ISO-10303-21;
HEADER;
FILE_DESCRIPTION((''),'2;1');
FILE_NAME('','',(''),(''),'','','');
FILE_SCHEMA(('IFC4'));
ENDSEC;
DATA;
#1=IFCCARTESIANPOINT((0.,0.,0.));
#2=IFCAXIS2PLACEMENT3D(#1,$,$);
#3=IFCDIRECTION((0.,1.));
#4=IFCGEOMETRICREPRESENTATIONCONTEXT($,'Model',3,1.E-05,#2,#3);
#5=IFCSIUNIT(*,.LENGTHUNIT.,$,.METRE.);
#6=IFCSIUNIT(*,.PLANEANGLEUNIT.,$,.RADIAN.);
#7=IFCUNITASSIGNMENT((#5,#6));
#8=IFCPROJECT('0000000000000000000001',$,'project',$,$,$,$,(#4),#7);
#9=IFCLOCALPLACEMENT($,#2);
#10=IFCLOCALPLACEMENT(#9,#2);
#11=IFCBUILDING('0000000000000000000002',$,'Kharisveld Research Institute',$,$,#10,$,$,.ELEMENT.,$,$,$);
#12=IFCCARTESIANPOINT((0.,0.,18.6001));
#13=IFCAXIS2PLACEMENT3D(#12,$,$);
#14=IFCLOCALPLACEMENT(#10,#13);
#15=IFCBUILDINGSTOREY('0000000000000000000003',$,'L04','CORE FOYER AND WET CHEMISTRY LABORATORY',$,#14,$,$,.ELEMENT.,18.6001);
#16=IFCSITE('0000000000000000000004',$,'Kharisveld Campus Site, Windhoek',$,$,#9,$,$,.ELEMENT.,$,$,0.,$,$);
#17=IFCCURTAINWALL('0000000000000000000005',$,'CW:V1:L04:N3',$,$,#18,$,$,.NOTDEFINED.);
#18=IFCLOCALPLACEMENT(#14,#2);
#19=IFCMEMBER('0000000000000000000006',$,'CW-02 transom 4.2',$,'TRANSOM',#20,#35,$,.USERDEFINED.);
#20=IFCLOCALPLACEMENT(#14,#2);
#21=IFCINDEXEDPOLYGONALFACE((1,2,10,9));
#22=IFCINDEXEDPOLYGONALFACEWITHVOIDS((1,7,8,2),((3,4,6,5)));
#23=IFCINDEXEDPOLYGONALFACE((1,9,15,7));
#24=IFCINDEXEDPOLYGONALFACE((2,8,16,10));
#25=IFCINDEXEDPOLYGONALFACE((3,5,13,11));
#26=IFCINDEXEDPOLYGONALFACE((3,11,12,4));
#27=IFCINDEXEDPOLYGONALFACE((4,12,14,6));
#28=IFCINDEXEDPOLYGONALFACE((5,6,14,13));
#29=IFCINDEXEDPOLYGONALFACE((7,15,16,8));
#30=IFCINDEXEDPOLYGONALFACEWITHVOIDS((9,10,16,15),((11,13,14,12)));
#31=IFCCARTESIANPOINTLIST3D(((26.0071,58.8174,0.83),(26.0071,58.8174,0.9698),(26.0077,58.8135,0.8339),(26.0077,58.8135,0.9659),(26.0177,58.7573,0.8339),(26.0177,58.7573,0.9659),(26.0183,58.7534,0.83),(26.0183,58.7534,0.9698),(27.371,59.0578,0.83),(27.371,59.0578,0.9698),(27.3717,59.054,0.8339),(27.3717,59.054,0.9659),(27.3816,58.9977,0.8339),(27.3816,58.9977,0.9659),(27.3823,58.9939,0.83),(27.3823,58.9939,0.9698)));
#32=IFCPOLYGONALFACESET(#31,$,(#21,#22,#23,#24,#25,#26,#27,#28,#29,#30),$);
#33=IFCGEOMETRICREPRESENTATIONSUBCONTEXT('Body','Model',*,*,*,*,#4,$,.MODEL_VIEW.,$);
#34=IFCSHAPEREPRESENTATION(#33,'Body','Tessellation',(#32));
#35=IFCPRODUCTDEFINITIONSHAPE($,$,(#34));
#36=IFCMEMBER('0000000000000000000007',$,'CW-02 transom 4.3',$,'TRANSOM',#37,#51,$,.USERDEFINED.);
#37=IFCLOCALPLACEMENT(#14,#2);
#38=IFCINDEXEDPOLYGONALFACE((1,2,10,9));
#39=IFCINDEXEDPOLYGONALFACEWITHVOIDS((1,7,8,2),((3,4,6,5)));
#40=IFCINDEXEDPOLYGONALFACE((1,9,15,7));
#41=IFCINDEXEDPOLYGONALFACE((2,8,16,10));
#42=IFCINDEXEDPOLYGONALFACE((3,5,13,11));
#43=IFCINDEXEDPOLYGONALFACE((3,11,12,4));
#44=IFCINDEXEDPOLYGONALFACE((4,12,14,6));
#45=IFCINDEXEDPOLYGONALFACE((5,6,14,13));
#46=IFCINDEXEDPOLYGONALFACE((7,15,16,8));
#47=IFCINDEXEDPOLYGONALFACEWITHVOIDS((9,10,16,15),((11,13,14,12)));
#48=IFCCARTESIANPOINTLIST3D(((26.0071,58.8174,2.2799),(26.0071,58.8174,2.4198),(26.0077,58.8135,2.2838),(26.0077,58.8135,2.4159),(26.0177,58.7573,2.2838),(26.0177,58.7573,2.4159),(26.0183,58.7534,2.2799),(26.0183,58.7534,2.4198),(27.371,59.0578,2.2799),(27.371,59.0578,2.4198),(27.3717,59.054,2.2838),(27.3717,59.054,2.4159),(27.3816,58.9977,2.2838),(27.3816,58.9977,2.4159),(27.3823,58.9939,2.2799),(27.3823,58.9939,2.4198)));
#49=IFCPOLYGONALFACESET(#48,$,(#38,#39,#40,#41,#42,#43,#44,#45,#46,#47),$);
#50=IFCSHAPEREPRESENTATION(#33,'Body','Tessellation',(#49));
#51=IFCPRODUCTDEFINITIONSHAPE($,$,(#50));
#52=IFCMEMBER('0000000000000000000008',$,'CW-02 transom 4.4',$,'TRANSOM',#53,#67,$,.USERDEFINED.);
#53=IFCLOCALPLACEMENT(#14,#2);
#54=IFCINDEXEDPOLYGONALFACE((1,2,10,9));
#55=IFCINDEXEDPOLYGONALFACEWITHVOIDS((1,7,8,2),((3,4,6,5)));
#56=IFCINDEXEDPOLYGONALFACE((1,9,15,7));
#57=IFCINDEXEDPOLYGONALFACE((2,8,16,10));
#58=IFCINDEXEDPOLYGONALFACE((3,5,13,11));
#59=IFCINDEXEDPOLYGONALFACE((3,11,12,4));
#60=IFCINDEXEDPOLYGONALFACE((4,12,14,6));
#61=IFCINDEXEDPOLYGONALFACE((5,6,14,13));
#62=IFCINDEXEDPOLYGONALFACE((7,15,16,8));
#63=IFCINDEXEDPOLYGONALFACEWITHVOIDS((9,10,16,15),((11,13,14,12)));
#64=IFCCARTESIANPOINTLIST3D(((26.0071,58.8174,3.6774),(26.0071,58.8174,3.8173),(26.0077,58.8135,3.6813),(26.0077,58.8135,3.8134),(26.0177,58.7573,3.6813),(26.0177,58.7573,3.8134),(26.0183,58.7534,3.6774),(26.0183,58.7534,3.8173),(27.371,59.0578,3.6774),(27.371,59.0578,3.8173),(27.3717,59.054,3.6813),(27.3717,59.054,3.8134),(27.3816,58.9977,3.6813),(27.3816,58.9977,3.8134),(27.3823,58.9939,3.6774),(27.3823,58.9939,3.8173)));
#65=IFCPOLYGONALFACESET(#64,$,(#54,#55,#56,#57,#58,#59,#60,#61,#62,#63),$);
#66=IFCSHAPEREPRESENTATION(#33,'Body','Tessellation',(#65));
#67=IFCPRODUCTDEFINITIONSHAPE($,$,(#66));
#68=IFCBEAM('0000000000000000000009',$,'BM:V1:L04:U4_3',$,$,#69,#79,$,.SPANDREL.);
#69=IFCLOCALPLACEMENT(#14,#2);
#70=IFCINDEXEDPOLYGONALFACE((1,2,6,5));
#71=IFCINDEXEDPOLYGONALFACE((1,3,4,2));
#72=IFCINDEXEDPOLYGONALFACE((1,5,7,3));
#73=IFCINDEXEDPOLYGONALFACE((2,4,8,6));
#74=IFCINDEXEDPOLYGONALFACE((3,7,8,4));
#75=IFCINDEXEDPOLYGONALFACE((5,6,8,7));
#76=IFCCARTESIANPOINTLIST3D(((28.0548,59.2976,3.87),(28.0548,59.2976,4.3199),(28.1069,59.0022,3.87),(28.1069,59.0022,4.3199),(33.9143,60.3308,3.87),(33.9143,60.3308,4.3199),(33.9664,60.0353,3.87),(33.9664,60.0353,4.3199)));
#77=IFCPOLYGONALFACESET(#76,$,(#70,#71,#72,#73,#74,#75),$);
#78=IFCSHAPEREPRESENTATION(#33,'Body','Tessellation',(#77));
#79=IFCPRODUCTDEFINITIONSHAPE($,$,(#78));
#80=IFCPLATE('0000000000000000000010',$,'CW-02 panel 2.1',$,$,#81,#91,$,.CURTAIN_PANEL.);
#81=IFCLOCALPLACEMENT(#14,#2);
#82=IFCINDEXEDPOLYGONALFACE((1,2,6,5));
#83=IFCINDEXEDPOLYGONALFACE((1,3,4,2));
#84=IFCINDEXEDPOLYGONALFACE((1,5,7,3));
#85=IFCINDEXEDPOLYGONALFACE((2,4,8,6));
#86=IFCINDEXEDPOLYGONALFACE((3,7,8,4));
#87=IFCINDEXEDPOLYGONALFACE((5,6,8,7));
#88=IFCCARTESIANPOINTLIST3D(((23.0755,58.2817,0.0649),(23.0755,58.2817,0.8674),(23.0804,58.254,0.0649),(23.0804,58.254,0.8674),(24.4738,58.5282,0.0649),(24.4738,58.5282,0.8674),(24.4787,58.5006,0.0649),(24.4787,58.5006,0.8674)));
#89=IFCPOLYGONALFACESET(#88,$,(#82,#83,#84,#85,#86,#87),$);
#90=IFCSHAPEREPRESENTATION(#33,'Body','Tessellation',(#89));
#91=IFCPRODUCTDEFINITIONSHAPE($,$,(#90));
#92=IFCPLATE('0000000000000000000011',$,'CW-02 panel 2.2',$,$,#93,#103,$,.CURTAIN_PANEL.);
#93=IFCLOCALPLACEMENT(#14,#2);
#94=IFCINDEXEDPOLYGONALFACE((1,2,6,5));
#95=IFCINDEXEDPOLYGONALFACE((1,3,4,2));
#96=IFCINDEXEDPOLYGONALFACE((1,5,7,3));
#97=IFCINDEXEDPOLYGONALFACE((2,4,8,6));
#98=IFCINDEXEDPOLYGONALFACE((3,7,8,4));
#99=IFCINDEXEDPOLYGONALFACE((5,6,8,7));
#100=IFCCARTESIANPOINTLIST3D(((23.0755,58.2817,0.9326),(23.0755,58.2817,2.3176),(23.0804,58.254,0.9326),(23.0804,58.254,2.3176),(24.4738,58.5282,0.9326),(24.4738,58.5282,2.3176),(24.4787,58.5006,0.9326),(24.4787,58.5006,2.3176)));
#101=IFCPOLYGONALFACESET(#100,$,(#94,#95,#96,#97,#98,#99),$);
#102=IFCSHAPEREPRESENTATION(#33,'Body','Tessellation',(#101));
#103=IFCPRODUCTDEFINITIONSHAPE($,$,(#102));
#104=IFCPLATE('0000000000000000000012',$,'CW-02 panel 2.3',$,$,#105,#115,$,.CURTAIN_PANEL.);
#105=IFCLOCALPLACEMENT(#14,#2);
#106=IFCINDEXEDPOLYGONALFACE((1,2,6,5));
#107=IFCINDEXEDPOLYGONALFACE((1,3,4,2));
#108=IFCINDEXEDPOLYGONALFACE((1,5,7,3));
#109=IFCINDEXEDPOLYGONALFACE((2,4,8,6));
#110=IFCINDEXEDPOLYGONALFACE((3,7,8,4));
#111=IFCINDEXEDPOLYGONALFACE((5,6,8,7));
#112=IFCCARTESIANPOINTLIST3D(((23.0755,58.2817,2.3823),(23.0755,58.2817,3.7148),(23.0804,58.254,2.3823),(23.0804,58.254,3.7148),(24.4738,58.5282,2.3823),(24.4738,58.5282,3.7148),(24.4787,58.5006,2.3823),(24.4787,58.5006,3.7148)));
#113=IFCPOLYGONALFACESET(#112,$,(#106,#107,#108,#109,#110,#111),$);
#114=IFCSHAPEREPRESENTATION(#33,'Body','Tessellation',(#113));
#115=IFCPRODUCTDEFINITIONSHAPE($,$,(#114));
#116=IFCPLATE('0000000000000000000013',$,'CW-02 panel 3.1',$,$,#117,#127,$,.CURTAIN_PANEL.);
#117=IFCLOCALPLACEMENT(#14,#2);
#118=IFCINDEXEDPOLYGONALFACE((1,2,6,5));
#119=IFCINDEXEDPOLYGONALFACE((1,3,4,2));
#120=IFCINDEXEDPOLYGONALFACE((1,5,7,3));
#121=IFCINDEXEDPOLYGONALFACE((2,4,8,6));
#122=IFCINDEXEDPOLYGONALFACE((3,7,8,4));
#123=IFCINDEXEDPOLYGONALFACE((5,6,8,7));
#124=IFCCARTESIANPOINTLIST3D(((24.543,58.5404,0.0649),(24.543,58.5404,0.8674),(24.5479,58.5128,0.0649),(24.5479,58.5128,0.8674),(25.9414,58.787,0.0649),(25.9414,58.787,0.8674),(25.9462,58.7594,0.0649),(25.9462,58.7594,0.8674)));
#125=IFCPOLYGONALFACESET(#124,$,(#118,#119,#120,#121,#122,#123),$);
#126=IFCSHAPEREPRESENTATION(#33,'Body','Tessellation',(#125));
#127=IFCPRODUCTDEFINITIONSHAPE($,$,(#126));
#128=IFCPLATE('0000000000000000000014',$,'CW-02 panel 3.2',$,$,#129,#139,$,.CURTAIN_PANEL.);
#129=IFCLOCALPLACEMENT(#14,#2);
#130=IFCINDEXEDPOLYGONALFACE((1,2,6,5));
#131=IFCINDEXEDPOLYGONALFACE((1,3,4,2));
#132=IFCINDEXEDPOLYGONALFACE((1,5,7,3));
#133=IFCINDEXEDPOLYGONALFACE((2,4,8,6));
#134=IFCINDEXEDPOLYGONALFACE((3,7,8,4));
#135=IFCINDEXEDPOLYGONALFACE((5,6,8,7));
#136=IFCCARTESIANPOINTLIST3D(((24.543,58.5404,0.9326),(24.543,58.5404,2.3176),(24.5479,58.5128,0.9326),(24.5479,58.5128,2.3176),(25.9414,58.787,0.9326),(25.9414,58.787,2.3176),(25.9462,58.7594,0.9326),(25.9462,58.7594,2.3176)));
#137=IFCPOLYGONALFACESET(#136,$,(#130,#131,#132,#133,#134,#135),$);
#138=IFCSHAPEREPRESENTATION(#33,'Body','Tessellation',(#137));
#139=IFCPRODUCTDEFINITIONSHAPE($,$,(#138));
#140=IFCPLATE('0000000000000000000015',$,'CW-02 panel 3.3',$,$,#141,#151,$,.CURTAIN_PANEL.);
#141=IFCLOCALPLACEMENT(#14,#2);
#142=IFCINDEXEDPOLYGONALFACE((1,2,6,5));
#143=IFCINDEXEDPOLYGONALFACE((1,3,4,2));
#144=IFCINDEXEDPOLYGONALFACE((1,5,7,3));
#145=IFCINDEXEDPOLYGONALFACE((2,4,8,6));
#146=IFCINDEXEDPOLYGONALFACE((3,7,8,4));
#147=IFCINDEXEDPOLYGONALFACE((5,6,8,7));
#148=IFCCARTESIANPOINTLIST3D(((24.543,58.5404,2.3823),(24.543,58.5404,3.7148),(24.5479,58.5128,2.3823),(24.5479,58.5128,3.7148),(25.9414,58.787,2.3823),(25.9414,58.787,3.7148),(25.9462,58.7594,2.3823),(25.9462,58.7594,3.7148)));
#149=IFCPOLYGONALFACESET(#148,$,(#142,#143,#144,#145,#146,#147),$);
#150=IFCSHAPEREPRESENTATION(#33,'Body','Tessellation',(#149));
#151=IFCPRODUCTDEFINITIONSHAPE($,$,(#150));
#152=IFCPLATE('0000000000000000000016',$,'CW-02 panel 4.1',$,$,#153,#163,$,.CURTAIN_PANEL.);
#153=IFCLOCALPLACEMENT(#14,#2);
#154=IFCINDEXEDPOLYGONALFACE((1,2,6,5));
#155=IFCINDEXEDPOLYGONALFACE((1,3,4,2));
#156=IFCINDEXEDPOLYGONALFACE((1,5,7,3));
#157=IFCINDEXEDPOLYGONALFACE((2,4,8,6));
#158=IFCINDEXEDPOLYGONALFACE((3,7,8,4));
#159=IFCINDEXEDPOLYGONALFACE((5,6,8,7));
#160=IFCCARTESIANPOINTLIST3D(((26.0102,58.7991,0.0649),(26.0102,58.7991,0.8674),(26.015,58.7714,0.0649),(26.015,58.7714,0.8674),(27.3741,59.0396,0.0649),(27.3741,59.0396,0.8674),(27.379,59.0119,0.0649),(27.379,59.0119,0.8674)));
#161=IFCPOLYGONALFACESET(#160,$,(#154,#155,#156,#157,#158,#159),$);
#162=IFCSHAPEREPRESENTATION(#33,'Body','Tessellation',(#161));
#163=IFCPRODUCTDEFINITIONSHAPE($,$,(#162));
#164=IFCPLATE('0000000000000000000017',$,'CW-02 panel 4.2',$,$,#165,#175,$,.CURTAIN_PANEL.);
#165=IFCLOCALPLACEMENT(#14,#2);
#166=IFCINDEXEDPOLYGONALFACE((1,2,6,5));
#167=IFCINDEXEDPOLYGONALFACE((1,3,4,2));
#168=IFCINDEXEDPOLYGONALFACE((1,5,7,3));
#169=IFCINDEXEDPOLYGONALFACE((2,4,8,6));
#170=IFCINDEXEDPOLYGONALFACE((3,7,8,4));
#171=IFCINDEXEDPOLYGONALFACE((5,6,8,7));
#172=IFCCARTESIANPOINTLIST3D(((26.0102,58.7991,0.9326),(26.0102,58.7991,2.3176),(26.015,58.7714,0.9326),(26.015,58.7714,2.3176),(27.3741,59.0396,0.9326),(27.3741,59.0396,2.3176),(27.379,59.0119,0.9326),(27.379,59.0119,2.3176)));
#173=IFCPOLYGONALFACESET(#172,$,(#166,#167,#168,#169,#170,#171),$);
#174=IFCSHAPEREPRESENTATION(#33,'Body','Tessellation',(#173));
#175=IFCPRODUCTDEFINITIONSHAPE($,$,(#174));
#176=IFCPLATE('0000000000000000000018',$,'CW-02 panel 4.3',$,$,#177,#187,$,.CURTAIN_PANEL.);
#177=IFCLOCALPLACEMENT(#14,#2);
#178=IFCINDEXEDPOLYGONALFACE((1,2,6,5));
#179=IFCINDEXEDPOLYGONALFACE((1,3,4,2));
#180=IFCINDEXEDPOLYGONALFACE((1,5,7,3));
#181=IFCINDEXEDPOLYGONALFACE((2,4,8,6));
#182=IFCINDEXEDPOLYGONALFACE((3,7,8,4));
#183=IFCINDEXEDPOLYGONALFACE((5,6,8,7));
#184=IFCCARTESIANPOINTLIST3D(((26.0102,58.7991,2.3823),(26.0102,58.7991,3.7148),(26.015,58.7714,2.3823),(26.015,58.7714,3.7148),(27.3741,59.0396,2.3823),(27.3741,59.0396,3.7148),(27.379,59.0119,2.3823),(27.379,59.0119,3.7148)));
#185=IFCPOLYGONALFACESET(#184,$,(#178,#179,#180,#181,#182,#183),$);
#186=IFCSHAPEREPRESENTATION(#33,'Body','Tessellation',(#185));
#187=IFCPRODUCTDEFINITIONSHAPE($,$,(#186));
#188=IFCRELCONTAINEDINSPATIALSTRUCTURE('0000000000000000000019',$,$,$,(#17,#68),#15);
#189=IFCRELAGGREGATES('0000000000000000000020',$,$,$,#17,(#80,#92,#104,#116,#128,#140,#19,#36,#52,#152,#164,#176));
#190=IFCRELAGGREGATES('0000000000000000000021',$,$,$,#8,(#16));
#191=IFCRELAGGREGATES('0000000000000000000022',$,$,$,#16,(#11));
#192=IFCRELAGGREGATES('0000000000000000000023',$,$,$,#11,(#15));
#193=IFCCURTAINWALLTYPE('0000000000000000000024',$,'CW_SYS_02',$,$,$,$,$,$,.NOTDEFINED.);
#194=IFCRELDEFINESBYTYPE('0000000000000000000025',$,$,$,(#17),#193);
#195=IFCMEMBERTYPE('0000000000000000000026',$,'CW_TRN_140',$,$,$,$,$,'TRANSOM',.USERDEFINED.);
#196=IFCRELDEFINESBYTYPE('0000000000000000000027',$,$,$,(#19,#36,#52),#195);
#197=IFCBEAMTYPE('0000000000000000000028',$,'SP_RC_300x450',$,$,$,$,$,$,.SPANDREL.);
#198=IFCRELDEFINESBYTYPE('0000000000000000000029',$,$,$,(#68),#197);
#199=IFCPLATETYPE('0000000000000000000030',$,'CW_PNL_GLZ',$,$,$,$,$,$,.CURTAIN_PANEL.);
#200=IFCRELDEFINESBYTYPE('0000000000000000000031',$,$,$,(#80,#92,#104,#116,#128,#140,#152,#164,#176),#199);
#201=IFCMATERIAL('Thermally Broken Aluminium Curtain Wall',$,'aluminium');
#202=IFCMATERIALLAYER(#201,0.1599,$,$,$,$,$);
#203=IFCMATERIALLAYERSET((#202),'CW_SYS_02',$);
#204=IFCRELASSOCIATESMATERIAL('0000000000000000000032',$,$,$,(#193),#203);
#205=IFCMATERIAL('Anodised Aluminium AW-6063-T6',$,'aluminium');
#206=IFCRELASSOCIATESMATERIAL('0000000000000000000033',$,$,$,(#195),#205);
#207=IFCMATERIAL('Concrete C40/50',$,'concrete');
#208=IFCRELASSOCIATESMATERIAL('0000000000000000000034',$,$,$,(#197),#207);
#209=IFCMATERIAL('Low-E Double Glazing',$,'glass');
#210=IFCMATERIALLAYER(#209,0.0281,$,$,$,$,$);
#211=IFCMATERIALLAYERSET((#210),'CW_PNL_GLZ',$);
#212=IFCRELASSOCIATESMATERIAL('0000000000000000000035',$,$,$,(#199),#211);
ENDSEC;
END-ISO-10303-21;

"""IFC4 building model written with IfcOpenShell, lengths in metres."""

from ifc_helpers import new_model, si_unit, direction, frame, origin, origin_2d, place, context, subcontext, project, spatial, rectangle, hollow_rectangle, extrude, material, layer, layer_set, material_profile, profile_set, type_object, element, aggregate, save


model = new_model("IFC4")

# Units and contexts
model_context = context("Model", 3, precision=1e-05, world=origin(), true_north=direction((0.0, 1.0)))
body_context = subcontext(model_context, "Body", "Model", "MODEL_VIEW")
ifc_project = project(units=[si_unit("LENGTHUNIT", "METRE"), si_unit("PLANEANGLEUNIT", "RADIAN")], contexts=[model_context])

# Site, building, storey
site_placement = place(None, origin())
site = spatial("IfcSite", under=ifc_project, at=site_placement, Name="Kharisveld Campus Site, Windhoek", CompositionType="ELEMENT", RefElevation=0.0)
building_placement = place(site_placement, origin())
building = spatial("IfcBuilding", under=site, at=building_placement, Name="Kharisveld Research Institute", CompositionType="ELEMENT")
storey_placement = place(building_placement, frame((0.0, 0.0, 18.6001)))
storey = spatial("IfcBuildingStorey", under=building, at=storey_placement, Name="L04", Description="CORE FOYER AND WET CHEMISTRY LABORATORY", CompositionType="ELEMENT", Elevation=18.6001)

# Curtain wall, members
ifc_material_1 = material(Name="Thermally Broken Aluminium Curtain Wall", Category="aluminium")
ifc_layer_1 = layer(ifc_material_1, 0.1599)
ifc_layer_set_1 = layer_set([ifc_layer_1], Name="CW_SYS_02")
curtain_wall_type = type_object("IfcCurtainWallType", Name="CW_SYS_02", PredefinedType="NOTDEFINED", material=ifc_layer_set_1)
curtain_wall_placement = place(storey_placement, origin())
curtain_wall = element("IfcCurtainWall", 1, at=curtain_wall_placement, inside=storey, type_object=curtain_wall_type, Name="CW:V1:L04:N3", PredefinedType="NOTDEFINED")
ifc_material_2 = material(Name="Anodised Aluminium AW-6063-T6", Category="aluminium")
ifc_material_profile_1 = material_profile(ifc_material_2, hollow_rectangle(XDim=0.0649, YDim=0.1399, WallThickness=0.0039, at=origin_2d()))
ifc_profile_set_1 = profile_set([ifc_material_profile_1], Name="Anodised Aluminium AW-6063-T6")
member_type_1 = type_object("IfcMemberType", Name="CW_TRN_140", ElementType="TRANSOM", PredefinedType="USERDEFINED", material=ifc_profile_set_1)
member_1_placement = place(storey_placement, frame((26.0127, 58.7854, 0.8999), z_axis=(0.984812, 0.173624, 0.0), x_axis=(-0.173624, 0.984812, 0.0)))
member_1 = element("IfcMember", 2, at=member_1_placement, type_object=member_type_1, Name="CW-02 transom 4.2", ObjectType="TRANSOM", PredefinedType="USERDEFINED", context=body_context, shape_type="SweptSolid", body=[
    extrude(hollow_rectangle(XDim=0.0649, YDim=0.1399, WallThickness=0.0039, at=origin_2d()), origin(), (0.0, 0.0, 1.0), 1.385),
])
member_2_placement = place(storey_placement, frame((26.0127, 58.7854, 2.3499), z_axis=(0.984812, 0.173624, 0.0), x_axis=(-0.173624, 0.984812, 0.0)))
member_2 = element("IfcMember", 3, at=member_2_placement, type_object=member_type_1, Name="CW-02 transom 4.3", ObjectType="TRANSOM", PredefinedType="USERDEFINED", context=body_context, shape_type="SweptSolid", body=[
    extrude(hollow_rectangle(XDim=0.0649, YDim=0.1399, WallThickness=0.0039, at=origin_2d()), origin(), (0.0, 0.0, 1.0), 1.385),
])
member_3_placement = place(storey_placement, frame((26.0127, 58.7854, 3.7473), z_axis=(0.984812, 0.173624, 0.0), x_axis=(-0.173624, 0.984812, 0.0)))
member_3 = element("IfcMember", 4, at=member_3_placement, type_object=member_type_1, Name="CW-02 transom 4.4", ObjectType="TRANSOM", PredefinedType="USERDEFINED", context=body_context, shape_type="SweptSolid", body=[
    extrude(hollow_rectangle(XDim=0.0649, YDim=0.1399, WallThickness=0.0039, at=origin_2d()), origin(), (0.0, 0.0, 1.0), 1.385),
])

# Beam
ifc_material_3 = material(Name="Concrete C40/50", Category="concrete")
ifc_material_profile_2 = material_profile(ifc_material_3, rectangle(XDim=0.3, YDim=0.45, at=origin_2d()))
ifc_profile_set_2 = profile_set([ifc_material_profile_2], Name="Concrete C40/50")
beam_type = type_object("IfcBeamType", Name="SP_RC_300x450", PredefinedType="SPANDREL", material=ifc_profile_set_2)
beam_placement = place(storey_placement, frame((28.0808, 59.1499, 4.095), z_axis=(0.984808, 0.173647, 0.0), x_axis=(-0.173647, 0.984808, 0.0)))
element("IfcBeam", 5, at=beam_placement, inside=storey, type_object=beam_type, Name="BM:V1:L04:U4_3", PredefinedType="SPANDREL", context=body_context, shape_type="SweptSolid", body=[
    extrude(rectangle(XDim=0.3, YDim=0.45, at=origin_2d()), origin(), (0.0, 0.0, 1.0), 5.95),
])

# Plates
ifc_material_4 = material(Name="Low-E Double Glazing", Category="glass")
ifc_layer_2 = layer(ifc_material_4, 0.0281)
ifc_layer_set_2 = layer_set([ifc_layer_2], Name="CW_PNL_GLZ")
plate_type = type_object("IfcPlateType", Name="CW_PNL_GLZ", PredefinedType="CURTAIN_PANEL", material=ifc_layer_set_2)
plate_1_placement = place(storey_placement, frame((23.7771, 58.3911, 0.0649), z_axis=(0.0, 0.0, 1.0), x_axis=(0.984808, 0.173648, 0.0)))
plate_1 = element("IfcPlate", 6, at=plate_1_placement, type_object=plate_type, Name="CW-02 panel 2.1", PredefinedType="CURTAIN_PANEL", context=body_context, shape_type="SweptSolid", body=[
    extrude(rectangle(XDim=1.4199, YDim=0.0281, at=origin_2d()), origin(), (0.0, 0.0, 1.0), 0.8025),
])
plate_2_placement = place(storey_placement, frame((23.7771, 58.3911, 0.9326), z_axis=(0.0, 0.0, 1.0), x_axis=(0.984808, 0.173648, 0.0)))
plate_2 = element("IfcPlate", 7, at=plate_2_placement, type_object=plate_type, Name="CW-02 panel 2.2", PredefinedType="CURTAIN_PANEL", context=body_context, shape_type="SweptSolid", body=[
    extrude(rectangle(XDim=1.4199, YDim=0.0281, at=origin_2d()), origin(), (0.0, 0.0, 1.0), 1.385),
])
plate_3_placement = place(storey_placement, frame((23.7771, 58.3911, 2.3823), z_axis=(0.0, 0.0, 1.0), x_axis=(0.984808, 0.173648, 0.0)))
plate_3 = element("IfcPlate", 8, at=plate_3_placement, type_object=plate_type, Name="CW-02 panel 2.3", PredefinedType="CURTAIN_PANEL", context=body_context, shape_type="SweptSolid", body=[
    extrude(rectangle(XDim=1.4199, YDim=0.0281, at=origin_2d()), origin(), (0.0, 0.0, 1.0), 1.3325),
])
plate_4_placement = place(storey_placement, frame((25.2446, 58.6499, 0.0649), z_axis=(0.0, 0.0, 1.0), x_axis=(0.984808, 0.173648, 0.0)))
plate_4 = element("IfcPlate", 9, at=plate_4_placement, type_object=plate_type, Name="CW-02 panel 3.1", PredefinedType="CURTAIN_PANEL", context=body_context, shape_type="SweptSolid", body=[
    extrude(rectangle(XDim=1.4199, YDim=0.0281, at=origin_2d()), origin(), (0.0, 0.0, 1.0), 0.8025),
])
plate_5_placement = place(storey_placement, frame((25.2446, 58.6499, 0.9326), z_axis=(0.0, 0.0, 1.0), x_axis=(0.984808, 0.173648, 0.0)))
plate_5 = element("IfcPlate", 10, at=plate_5_placement, type_object=plate_type, Name="CW-02 panel 3.2", PredefinedType="CURTAIN_PANEL", context=body_context, shape_type="SweptSolid", body=[
    extrude(rectangle(XDim=1.4199, YDim=0.0281, at=origin_2d()), origin(), (0.0, 0.0, 1.0), 1.385),
])
plate_6_placement = place(storey_placement, frame((25.2446, 58.6499, 2.3823), z_axis=(0.0, 0.0, 1.0), x_axis=(0.984808, 0.173648, 0.0)))
plate_6 = element("IfcPlate", 11, at=plate_6_placement, type_object=plate_type, Name="CW-02 panel 3.3", PredefinedType="CURTAIN_PANEL", context=body_context, shape_type="SweptSolid", body=[
    extrude(rectangle(XDim=1.4199, YDim=0.0281, at=origin_2d()), origin(), (0.0, 0.0, 1.0), 1.3325),
])
plate_7_placement = place(storey_placement, frame((26.6946, 58.9055, 0.0649), z_axis=(0.0, 0.0, 1.0), x_axis=(0.984808, 0.173648, 0.0)))
plate_7 = element("IfcPlate", 12, at=plate_7_placement, type_object=plate_type, Name="CW-02 panel 4.1", PredefinedType="CURTAIN_PANEL", context=body_context, shape_type="SweptSolid", body=[
    extrude(rectangle(XDim=1.385, YDim=0.0281, at=origin_2d()), origin(), (0.0, 0.0, 1.0), 0.8025),
])
plate_8_placement = place(storey_placement, frame((26.6946, 58.9055, 0.9326), z_axis=(0.0, 0.0, 1.0), x_axis=(0.984808, 0.173648, 0.0)))
plate_8 = element("IfcPlate", 13, at=plate_8_placement, type_object=plate_type, Name="CW-02 panel 4.2", PredefinedType="CURTAIN_PANEL", context=body_context, shape_type="SweptSolid", body=[
    extrude(rectangle(XDim=1.385, YDim=0.0281, at=origin_2d()), origin(), (0.0, 0.0, 1.0), 1.385),
])
plate_9_placement = place(storey_placement, frame((26.6946, 58.9055, 2.3823), z_axis=(0.0, 0.0, 1.0), x_axis=(0.984808, 0.173648, 0.0)))
plate_9 = element("IfcPlate", 14, at=plate_9_placement, type_object=plate_type, Name="CW-02 panel 4.3", PredefinedType="CURTAIN_PANEL", context=body_context, shape_type="SweptSolid", body=[
    extrude(rectangle(XDim=1.385, YDim=0.0281, at=origin_2d()), origin(), (0.0, 0.0, 1.0), 1.3325),
])
aggregate(curtain_wall, [plate_1, plate_2, plate_3, plate_4, plate_5, plate_6, member_1, member_2, member_3, plate_7, plate_8, plate_9])

save(model, "model.ifc")
